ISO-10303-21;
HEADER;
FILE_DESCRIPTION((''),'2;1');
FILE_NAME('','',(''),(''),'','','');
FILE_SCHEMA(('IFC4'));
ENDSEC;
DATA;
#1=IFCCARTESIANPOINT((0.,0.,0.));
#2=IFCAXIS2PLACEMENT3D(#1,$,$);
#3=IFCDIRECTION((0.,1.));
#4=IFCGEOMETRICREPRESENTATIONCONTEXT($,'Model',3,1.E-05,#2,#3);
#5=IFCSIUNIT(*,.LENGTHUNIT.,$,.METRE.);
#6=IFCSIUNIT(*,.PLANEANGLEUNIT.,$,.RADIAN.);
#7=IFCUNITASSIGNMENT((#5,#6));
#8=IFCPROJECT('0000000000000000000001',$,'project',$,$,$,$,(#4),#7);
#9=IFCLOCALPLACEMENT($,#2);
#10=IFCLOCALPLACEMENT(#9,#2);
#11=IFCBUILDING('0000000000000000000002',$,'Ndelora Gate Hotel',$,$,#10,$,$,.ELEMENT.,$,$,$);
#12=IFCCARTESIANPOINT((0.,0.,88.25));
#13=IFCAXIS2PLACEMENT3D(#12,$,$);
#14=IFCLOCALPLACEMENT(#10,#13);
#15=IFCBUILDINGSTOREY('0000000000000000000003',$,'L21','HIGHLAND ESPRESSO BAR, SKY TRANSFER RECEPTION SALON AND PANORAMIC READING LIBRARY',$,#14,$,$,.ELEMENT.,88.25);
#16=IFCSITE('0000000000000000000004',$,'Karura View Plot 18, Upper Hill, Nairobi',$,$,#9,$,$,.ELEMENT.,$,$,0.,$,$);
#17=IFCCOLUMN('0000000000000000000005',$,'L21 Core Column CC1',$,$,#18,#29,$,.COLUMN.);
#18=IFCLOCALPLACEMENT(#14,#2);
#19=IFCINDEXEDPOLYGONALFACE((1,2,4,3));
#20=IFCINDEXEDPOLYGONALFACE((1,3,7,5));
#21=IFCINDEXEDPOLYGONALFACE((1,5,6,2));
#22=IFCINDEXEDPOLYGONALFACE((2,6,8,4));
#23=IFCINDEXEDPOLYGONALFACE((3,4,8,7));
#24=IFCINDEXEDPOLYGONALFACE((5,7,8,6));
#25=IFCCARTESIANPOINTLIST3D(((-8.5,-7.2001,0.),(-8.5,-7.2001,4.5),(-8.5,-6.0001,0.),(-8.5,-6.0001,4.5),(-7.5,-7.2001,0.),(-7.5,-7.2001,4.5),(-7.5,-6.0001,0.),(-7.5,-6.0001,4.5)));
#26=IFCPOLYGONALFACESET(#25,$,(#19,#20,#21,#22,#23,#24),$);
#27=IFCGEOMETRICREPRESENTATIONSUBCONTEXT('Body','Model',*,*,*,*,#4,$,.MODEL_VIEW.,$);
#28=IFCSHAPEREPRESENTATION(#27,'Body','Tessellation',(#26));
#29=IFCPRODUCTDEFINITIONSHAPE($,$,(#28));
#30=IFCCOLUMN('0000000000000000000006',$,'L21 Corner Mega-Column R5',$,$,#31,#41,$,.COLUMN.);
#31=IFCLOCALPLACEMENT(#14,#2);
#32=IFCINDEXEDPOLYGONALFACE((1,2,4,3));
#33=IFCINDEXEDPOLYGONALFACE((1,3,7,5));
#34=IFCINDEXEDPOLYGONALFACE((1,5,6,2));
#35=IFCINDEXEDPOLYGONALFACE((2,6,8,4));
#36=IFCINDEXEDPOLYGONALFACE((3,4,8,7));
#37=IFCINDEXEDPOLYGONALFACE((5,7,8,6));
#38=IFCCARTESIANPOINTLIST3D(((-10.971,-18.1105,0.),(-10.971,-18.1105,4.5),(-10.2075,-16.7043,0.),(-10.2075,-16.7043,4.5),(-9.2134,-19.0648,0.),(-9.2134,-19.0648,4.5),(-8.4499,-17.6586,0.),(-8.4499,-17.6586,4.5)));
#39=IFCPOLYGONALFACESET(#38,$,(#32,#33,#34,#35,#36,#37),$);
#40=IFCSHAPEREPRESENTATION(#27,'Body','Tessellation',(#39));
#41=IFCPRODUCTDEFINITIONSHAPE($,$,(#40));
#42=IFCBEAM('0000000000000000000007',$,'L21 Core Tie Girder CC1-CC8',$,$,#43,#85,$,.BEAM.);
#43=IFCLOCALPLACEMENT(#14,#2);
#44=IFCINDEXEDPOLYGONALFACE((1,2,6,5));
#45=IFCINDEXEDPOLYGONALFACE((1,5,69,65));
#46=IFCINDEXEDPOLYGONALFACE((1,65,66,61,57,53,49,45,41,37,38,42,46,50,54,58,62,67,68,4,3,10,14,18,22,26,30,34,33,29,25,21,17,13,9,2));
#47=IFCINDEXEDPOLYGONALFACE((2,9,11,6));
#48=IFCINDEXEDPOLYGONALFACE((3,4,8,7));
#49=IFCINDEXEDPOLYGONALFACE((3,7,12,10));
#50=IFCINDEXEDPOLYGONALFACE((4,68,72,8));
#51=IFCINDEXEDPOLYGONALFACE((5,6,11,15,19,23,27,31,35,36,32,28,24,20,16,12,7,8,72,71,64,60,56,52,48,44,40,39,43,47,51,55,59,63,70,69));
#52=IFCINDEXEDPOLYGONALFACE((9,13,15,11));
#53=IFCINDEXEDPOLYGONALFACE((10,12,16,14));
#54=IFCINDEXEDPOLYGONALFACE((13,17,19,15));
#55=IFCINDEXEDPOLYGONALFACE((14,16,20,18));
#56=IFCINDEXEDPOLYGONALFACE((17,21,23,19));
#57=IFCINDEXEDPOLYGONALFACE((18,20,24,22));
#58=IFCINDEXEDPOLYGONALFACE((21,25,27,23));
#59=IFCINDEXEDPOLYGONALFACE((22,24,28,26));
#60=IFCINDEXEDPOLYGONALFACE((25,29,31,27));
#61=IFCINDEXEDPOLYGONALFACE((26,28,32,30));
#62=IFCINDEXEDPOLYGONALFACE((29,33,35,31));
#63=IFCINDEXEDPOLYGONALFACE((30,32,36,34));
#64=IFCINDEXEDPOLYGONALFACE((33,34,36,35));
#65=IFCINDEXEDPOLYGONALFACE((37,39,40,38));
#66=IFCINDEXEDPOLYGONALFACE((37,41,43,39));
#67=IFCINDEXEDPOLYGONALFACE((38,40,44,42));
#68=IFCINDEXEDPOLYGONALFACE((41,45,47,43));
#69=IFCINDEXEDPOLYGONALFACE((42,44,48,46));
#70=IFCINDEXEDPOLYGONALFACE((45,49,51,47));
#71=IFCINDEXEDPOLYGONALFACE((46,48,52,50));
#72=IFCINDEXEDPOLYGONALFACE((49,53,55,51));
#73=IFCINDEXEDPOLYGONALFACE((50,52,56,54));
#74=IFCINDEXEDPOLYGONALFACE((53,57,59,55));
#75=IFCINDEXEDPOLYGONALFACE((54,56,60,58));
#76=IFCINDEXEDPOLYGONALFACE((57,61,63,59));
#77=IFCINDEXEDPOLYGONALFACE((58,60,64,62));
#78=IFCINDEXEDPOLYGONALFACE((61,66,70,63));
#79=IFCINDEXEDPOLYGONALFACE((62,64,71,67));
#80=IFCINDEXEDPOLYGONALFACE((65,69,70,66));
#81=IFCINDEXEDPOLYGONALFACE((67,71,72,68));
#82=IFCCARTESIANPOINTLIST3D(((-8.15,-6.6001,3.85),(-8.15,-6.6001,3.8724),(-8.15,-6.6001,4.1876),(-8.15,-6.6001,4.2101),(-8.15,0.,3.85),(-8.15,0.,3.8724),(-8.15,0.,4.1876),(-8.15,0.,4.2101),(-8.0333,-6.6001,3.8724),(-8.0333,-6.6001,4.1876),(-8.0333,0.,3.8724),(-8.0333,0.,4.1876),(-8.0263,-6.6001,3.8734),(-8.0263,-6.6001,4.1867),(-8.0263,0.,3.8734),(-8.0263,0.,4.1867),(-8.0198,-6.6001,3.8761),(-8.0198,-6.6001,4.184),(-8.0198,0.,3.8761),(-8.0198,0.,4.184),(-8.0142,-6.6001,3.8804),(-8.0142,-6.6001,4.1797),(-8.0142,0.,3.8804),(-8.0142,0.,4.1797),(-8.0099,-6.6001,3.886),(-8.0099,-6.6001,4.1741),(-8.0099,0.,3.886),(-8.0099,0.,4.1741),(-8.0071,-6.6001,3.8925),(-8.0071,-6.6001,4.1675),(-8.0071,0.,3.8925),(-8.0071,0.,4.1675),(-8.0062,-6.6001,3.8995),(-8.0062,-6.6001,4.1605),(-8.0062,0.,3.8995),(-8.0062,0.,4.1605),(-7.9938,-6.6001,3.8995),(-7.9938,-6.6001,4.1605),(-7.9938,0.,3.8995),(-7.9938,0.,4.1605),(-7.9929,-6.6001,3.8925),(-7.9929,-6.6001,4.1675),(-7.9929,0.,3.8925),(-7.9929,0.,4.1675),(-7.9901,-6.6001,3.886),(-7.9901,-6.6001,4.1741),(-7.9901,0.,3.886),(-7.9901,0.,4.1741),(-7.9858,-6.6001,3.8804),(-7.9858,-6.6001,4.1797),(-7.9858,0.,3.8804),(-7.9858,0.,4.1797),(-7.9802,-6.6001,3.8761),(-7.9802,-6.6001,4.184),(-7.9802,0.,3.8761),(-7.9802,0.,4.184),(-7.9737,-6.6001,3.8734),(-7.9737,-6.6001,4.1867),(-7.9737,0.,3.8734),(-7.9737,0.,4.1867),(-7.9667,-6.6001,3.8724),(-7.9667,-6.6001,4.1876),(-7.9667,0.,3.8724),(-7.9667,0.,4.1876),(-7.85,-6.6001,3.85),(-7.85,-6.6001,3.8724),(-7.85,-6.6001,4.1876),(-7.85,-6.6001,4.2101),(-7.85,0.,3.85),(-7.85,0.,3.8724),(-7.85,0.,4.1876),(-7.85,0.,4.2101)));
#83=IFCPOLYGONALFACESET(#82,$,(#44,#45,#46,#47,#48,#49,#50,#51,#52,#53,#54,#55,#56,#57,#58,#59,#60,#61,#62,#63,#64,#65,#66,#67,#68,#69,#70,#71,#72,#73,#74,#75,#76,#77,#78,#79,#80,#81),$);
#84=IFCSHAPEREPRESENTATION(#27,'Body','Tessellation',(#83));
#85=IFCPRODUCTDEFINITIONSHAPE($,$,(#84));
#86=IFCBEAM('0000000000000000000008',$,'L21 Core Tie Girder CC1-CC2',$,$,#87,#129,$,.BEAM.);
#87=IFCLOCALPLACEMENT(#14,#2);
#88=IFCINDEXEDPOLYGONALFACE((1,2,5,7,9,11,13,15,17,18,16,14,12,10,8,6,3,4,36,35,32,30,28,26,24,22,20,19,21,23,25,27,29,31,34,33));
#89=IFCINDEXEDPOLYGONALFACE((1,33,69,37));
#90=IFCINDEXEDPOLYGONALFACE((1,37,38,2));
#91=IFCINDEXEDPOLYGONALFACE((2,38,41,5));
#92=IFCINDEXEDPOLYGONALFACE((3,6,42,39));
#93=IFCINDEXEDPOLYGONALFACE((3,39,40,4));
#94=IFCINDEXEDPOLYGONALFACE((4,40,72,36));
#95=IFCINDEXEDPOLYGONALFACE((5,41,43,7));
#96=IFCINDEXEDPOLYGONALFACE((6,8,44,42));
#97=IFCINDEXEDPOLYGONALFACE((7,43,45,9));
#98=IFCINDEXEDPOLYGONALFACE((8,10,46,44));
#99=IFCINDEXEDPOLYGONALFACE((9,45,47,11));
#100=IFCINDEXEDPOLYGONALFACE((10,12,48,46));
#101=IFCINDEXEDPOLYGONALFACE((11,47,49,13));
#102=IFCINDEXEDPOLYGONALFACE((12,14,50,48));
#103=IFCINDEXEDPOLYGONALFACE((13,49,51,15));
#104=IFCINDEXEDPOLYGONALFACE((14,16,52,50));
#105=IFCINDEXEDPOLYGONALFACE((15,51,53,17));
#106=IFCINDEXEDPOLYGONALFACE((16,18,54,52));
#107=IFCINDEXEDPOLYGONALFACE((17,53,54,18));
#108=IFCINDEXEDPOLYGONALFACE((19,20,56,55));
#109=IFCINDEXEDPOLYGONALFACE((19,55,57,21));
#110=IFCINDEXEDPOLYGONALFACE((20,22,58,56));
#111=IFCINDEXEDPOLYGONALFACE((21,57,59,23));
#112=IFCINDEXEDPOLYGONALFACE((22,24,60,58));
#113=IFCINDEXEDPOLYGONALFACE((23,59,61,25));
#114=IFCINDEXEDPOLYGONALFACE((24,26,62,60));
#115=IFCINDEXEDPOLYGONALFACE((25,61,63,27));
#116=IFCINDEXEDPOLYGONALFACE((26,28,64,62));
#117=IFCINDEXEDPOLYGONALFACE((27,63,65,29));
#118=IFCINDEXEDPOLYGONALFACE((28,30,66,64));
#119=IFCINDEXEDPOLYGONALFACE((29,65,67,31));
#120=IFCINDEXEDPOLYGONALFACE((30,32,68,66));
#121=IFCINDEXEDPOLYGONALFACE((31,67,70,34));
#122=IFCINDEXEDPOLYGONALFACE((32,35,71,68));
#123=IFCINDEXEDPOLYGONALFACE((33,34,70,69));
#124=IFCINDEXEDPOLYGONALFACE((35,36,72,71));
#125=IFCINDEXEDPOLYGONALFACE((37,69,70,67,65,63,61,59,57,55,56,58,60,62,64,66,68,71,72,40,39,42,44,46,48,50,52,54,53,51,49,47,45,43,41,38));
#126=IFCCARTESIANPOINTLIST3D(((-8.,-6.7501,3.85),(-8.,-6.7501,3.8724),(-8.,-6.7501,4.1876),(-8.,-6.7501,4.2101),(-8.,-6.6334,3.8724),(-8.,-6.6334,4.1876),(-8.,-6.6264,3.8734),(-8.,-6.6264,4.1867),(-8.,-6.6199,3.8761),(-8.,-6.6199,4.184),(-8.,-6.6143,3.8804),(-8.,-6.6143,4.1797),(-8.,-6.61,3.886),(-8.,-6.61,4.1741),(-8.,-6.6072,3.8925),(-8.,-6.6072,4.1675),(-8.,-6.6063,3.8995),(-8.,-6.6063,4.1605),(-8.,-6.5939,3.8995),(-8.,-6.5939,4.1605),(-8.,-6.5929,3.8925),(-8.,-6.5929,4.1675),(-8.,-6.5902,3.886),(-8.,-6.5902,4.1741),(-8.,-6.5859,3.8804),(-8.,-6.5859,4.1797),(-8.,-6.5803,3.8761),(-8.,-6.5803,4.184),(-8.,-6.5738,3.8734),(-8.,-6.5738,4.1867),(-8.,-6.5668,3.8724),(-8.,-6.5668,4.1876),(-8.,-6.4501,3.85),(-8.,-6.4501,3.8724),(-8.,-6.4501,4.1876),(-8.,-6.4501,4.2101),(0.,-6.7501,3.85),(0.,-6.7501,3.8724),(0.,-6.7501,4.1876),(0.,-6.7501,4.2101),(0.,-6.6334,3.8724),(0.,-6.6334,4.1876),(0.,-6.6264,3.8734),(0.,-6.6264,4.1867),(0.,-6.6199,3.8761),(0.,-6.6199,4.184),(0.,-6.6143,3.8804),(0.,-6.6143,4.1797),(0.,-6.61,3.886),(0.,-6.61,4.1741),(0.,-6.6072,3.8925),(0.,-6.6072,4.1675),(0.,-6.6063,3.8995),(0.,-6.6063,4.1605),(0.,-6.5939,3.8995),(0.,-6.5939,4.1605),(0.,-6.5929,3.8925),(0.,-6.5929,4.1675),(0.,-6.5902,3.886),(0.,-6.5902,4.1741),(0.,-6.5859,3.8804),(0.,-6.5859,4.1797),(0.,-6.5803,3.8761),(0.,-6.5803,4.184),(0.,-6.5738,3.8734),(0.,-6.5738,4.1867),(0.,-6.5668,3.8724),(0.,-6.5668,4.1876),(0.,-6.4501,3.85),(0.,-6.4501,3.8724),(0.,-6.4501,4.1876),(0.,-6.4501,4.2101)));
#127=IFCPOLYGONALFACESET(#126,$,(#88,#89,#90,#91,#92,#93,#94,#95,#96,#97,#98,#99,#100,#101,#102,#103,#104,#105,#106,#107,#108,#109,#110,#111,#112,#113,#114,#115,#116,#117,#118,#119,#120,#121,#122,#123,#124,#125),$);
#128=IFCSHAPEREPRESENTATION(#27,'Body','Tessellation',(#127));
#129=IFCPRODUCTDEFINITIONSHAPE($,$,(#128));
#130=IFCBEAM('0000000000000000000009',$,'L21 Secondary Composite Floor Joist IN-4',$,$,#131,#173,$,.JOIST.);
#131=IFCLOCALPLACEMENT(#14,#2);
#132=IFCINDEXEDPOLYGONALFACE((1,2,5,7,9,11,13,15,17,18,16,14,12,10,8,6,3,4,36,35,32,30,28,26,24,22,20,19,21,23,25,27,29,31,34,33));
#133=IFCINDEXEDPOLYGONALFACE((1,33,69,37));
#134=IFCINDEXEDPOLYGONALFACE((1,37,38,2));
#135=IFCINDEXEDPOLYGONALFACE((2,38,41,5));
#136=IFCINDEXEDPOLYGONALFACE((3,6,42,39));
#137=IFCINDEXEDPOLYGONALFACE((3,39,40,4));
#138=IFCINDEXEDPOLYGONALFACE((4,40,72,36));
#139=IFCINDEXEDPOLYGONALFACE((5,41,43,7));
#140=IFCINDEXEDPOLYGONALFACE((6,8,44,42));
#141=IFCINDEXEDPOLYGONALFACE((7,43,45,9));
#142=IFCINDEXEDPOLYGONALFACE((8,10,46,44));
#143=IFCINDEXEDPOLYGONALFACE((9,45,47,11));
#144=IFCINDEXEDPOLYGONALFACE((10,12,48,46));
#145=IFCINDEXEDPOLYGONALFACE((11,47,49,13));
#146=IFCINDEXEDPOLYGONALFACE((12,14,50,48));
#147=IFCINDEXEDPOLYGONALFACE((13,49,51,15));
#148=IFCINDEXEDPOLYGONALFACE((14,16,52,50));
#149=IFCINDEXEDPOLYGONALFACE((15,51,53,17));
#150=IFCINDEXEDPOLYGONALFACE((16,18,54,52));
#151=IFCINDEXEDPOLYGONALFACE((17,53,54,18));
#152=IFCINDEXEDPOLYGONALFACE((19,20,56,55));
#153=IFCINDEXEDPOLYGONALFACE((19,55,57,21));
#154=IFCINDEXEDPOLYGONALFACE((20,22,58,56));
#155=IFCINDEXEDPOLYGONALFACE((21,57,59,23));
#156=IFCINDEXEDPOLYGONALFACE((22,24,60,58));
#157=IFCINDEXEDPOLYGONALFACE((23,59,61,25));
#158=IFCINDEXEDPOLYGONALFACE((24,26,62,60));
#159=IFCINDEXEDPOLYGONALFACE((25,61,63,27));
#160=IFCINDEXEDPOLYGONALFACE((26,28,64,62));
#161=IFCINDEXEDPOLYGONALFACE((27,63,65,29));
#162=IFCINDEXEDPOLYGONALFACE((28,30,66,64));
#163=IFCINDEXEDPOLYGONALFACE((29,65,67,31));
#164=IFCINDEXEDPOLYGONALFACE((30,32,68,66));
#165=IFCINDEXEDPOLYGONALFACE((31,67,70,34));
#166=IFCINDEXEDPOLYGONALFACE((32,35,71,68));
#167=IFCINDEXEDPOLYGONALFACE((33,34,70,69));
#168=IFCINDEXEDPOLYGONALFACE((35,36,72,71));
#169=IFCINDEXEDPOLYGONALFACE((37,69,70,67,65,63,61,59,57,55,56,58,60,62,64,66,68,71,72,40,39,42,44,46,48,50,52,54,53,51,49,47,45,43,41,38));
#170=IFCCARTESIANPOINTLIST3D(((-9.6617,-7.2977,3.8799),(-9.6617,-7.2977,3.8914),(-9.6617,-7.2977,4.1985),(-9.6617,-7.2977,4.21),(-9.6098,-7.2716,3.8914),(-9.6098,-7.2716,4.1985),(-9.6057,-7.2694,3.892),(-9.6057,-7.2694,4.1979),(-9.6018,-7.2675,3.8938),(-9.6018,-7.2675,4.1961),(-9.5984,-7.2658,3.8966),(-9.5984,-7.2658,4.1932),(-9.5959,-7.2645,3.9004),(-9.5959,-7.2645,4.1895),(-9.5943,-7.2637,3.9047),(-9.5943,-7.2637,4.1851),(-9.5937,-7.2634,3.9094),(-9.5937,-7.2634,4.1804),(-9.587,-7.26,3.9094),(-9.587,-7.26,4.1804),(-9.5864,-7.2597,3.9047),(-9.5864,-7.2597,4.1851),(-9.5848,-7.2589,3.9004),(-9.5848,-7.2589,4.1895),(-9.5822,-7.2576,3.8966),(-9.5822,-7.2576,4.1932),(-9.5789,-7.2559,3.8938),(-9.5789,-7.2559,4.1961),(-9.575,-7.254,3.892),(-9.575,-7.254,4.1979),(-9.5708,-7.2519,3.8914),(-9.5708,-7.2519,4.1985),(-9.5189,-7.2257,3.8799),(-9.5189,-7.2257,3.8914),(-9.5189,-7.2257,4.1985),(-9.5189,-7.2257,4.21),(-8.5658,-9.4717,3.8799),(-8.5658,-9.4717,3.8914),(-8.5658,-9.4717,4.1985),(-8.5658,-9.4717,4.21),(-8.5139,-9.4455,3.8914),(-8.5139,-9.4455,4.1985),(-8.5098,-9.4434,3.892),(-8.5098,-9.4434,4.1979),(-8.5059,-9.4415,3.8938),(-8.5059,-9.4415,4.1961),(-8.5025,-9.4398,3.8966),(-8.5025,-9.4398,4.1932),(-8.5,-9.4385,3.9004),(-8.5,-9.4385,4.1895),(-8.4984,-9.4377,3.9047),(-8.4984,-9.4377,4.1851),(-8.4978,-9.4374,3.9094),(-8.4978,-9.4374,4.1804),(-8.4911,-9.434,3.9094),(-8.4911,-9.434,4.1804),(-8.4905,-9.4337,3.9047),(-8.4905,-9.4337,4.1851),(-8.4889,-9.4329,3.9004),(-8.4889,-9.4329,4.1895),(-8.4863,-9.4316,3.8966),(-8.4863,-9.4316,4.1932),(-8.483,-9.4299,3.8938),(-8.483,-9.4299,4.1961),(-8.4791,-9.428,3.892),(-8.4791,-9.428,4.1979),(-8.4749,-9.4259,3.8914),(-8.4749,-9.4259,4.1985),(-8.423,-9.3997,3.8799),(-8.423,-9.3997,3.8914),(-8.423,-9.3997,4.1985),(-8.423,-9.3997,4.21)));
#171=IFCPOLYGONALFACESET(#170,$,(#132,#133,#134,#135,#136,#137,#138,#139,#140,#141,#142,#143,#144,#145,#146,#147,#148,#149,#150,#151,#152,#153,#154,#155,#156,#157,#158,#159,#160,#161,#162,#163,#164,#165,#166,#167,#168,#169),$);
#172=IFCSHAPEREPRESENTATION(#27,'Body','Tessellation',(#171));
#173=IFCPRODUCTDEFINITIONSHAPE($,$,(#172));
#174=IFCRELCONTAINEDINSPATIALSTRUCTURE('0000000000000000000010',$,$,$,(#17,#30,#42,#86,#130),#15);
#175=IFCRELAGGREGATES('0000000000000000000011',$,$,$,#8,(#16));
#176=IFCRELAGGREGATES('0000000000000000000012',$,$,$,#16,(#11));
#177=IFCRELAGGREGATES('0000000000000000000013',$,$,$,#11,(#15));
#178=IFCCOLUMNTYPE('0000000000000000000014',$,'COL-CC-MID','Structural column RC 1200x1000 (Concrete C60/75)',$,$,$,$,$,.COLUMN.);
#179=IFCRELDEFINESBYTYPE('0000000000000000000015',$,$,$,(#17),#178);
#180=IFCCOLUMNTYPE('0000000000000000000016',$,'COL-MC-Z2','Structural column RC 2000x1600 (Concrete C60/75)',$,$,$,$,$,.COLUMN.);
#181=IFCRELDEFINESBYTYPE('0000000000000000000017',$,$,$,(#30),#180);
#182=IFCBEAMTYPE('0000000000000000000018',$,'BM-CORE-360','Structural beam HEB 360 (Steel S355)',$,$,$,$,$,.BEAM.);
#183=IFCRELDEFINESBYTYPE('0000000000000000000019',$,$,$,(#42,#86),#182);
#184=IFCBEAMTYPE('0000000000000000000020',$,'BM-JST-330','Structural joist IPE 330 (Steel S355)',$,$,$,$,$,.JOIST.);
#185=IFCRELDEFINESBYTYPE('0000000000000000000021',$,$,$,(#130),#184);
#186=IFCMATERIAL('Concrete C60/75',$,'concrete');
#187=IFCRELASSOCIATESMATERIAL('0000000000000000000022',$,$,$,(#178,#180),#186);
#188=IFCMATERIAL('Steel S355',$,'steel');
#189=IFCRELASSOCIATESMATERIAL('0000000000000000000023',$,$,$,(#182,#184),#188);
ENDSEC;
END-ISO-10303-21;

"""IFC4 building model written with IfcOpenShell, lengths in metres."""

from ifc_helpers import new_model, si_unit, direction, frame, origin, origin_2d, place, context, subcontext, project, spatial, rectangle, i_section, extrude, material, material_profile, profile_set, type_object, element, save


model = new_model("IFC4")

# Units and contexts
model_context = context("Model", 3, precision=1e-05, world=origin(), true_north=direction((0.0, 1.0)))
body_context = subcontext(model_context, "Body", "Model", "MODEL_VIEW")
ifc_project = project(units=[si_unit("LENGTHUNIT", "METRE"), si_unit("PLANEANGLEUNIT", "RADIAN")], contexts=[model_context])

# Site, building, storey
site_placement = place(None, origin())
site = spatial("IfcSite", under=ifc_project, at=site_placement, Name="Karura View Plot 18, Upper Hill, Nairobi", CompositionType="ELEMENT", RefElevation=0.0)
building_placement = place(site_placement, origin())
building = spatial("IfcBuilding", under=site, at=building_placement, Name="Ndelora Gate Hotel", CompositionType="ELEMENT")
storey_placement = place(building_placement, frame((0.0, 0.0, 88.25)))
storey = spatial("IfcBuildingStorey", under=building, at=storey_placement, Name="L21", Description="HIGHLAND ESPRESSO BAR, SKY TRANSFER RECEPTION SALON AND PANORAMIC READING LIBRARY", CompositionType="ELEMENT", Elevation=88.25)

# Columns
ifc_material_1 = material(Name="Concrete C60/75", Category="concrete")
ifc_material_profile_1 = material_profile(ifc_material_1, rectangle(XDim=1.0, YDim=1.2, at=origin_2d()), Name="RC 1200x1000")
ifc_profile_set_1 = profile_set([ifc_material_profile_1], Name="Concrete C60/75")
column_type_1 = type_object("IfcColumnType", Name="COL-CC-MID", Description="Structural column RC 1200x1000 (Concrete C60/75)", PredefinedType="COLUMN", material=ifc_profile_set_1)
column_1_placement = place(storey_placement, frame((-8.0, -6.6001, 0.0), z_axis=(0.0, 0.0, 1.0), x_axis=(1.0, 0.0, 0.0)))
element("IfcColumn", 1, at=column_1_placement, inside=storey, type_object=column_type_1, Name="L21 Core Column CC1", PredefinedType="COLUMN", context=body_context, shape_type="SweptSolid", body=[
    extrude(rectangle(XDim=1.0, YDim=1.2, at=origin_2d()), origin(), (0.0, 0.0, 1.0), 4.5),
])
ifc_material_profile_2 = material_profile(ifc_material_1, rectangle(XDim=1.6001, YDim=2.0, at=origin_2d()), Name="RC 2000x1600")
ifc_profile_set_2 = profile_set([ifc_material_profile_2], Name="Concrete C60/75")
column_type_2 = type_object("IfcColumnType", Name="COL-MC-Z2", Description="Structural column RC 2000x1600 (Concrete C60/75)", PredefinedType="COLUMN", material=ifc_profile_set_2)
column_2_placement = place(storey_placement, frame((-9.7104, -17.8845, 0.0), z_axis=(0.0, 0.0, 1.0), x_axis=(0.477159, 0.878817, 0.0)))
element("IfcColumn", 2, at=column_2_placement, inside=storey, type_object=column_type_2, Name="L21 Corner Mega-Column R5", PredefinedType="COLUMN", context=body_context, shape_type="SweptSolid", body=[
    extrude(rectangle(XDim=1.6001, YDim=2.0, at=origin_2d()), origin(), (0.0, 0.0, 1.0), 4.5),
])

# Beams
ifc_material_2 = material(Name="Steel S355", Category="steel")
ifc_material_profile_3 = material_profile(ifc_material_2, i_section(OverallWidth=0.3, OverallDepth=0.3601, WebThickness=0.0125, FlangeThickness=0.0225, FilletRadius=0.0271, at=origin_2d()), Name="HEB 360")
ifc_profile_set_3 = profile_set([ifc_material_profile_3], Name="Steel S355")
beam_type_1 = type_object("IfcBeamType", Name="BM-CORE-360", Description="Structural beam HEB 360 (Steel S355)", PredefinedType="BEAM", material=ifc_profile_set_3)
beam_1_placement = place(storey_placement, frame((-8.0, -6.6001, 4.03), z_axis=(0.0, 1.0, 0.0), x_axis=(-1.0, 0.0, 0.0)))
element("IfcBeam", 3, at=beam_1_placement, inside=storey, type_object=beam_type_1, Name="L21 Core Tie Girder CC1-CC8", PredefinedType="BEAM", context=body_context, shape_type="SweptSolid", body=[
    extrude(i_section(OverallWidth=0.3, OverallDepth=0.3601, WebThickness=0.0125, FlangeThickness=0.0225, FilletRadius=0.0271, at=origin_2d()), origin(), (0.0, 0.0, 1.0), 6.6001),
])
beam_2_placement = place(storey_placement, frame((-8.0, -6.6001, 4.03), z_axis=(1.0, 0.0, 0.0), x_axis=(0.0, 1.0, 0.0)))
element("IfcBeam", 4, at=beam_2_placement, inside=storey, type_object=beam_type_1, Name="L21 Core Tie Girder CC1-CC2", PredefinedType="BEAM", context=body_context, shape_type="SweptSolid", body=[
    extrude(i_section(OverallWidth=0.3, OverallDepth=0.3601, WebThickness=0.0125, FlangeThickness=0.0225, FilletRadius=0.0271, at=origin_2d()), origin(), (0.0, 0.0, 1.0), 8.0),
])
ifc_material_profile_4 = material_profile(ifc_material_2, i_section(OverallWidth=0.1599, OverallDepth=0.3301, WebThickness=0.0076, FlangeThickness=0.0115, FilletRadius=0.0181, at=origin_2d()), Name="IPE 330")
ifc_profile_set_4 = profile_set([ifc_material_profile_4], Name="Steel S355")
beam_type_2 = type_object("IfcBeamType", Name="BM-JST-330", Description="Structural joist IPE 330 (Steel S355)", PredefinedType="JOIST", material=ifc_profile_set_4)
beam_3_placement = place(storey_placement, frame((-9.5903, -7.2617, 4.0449), z_axis=(0.450139, -0.892958, 0.0), x_axis=(0.892958, 0.450139, 0.0)))
element("IfcBeam", 5, at=beam_3_placement, inside=storey, type_object=beam_type_2, Name="L21 Secondary Composite Floor Joist IN-4", PredefinedType="JOIST", context=body_context, shape_type="SweptSolid", body=[
    extrude(i_section(OverallWidth=0.1599, OverallDepth=0.3301, WebThickness=0.0076, FlangeThickness=0.0115, FilletRadius=0.0181, at=origin_2d()), origin(), (0.0, 0.0, 1.0), 2.4346),
])

save(model, "model.ifc")
